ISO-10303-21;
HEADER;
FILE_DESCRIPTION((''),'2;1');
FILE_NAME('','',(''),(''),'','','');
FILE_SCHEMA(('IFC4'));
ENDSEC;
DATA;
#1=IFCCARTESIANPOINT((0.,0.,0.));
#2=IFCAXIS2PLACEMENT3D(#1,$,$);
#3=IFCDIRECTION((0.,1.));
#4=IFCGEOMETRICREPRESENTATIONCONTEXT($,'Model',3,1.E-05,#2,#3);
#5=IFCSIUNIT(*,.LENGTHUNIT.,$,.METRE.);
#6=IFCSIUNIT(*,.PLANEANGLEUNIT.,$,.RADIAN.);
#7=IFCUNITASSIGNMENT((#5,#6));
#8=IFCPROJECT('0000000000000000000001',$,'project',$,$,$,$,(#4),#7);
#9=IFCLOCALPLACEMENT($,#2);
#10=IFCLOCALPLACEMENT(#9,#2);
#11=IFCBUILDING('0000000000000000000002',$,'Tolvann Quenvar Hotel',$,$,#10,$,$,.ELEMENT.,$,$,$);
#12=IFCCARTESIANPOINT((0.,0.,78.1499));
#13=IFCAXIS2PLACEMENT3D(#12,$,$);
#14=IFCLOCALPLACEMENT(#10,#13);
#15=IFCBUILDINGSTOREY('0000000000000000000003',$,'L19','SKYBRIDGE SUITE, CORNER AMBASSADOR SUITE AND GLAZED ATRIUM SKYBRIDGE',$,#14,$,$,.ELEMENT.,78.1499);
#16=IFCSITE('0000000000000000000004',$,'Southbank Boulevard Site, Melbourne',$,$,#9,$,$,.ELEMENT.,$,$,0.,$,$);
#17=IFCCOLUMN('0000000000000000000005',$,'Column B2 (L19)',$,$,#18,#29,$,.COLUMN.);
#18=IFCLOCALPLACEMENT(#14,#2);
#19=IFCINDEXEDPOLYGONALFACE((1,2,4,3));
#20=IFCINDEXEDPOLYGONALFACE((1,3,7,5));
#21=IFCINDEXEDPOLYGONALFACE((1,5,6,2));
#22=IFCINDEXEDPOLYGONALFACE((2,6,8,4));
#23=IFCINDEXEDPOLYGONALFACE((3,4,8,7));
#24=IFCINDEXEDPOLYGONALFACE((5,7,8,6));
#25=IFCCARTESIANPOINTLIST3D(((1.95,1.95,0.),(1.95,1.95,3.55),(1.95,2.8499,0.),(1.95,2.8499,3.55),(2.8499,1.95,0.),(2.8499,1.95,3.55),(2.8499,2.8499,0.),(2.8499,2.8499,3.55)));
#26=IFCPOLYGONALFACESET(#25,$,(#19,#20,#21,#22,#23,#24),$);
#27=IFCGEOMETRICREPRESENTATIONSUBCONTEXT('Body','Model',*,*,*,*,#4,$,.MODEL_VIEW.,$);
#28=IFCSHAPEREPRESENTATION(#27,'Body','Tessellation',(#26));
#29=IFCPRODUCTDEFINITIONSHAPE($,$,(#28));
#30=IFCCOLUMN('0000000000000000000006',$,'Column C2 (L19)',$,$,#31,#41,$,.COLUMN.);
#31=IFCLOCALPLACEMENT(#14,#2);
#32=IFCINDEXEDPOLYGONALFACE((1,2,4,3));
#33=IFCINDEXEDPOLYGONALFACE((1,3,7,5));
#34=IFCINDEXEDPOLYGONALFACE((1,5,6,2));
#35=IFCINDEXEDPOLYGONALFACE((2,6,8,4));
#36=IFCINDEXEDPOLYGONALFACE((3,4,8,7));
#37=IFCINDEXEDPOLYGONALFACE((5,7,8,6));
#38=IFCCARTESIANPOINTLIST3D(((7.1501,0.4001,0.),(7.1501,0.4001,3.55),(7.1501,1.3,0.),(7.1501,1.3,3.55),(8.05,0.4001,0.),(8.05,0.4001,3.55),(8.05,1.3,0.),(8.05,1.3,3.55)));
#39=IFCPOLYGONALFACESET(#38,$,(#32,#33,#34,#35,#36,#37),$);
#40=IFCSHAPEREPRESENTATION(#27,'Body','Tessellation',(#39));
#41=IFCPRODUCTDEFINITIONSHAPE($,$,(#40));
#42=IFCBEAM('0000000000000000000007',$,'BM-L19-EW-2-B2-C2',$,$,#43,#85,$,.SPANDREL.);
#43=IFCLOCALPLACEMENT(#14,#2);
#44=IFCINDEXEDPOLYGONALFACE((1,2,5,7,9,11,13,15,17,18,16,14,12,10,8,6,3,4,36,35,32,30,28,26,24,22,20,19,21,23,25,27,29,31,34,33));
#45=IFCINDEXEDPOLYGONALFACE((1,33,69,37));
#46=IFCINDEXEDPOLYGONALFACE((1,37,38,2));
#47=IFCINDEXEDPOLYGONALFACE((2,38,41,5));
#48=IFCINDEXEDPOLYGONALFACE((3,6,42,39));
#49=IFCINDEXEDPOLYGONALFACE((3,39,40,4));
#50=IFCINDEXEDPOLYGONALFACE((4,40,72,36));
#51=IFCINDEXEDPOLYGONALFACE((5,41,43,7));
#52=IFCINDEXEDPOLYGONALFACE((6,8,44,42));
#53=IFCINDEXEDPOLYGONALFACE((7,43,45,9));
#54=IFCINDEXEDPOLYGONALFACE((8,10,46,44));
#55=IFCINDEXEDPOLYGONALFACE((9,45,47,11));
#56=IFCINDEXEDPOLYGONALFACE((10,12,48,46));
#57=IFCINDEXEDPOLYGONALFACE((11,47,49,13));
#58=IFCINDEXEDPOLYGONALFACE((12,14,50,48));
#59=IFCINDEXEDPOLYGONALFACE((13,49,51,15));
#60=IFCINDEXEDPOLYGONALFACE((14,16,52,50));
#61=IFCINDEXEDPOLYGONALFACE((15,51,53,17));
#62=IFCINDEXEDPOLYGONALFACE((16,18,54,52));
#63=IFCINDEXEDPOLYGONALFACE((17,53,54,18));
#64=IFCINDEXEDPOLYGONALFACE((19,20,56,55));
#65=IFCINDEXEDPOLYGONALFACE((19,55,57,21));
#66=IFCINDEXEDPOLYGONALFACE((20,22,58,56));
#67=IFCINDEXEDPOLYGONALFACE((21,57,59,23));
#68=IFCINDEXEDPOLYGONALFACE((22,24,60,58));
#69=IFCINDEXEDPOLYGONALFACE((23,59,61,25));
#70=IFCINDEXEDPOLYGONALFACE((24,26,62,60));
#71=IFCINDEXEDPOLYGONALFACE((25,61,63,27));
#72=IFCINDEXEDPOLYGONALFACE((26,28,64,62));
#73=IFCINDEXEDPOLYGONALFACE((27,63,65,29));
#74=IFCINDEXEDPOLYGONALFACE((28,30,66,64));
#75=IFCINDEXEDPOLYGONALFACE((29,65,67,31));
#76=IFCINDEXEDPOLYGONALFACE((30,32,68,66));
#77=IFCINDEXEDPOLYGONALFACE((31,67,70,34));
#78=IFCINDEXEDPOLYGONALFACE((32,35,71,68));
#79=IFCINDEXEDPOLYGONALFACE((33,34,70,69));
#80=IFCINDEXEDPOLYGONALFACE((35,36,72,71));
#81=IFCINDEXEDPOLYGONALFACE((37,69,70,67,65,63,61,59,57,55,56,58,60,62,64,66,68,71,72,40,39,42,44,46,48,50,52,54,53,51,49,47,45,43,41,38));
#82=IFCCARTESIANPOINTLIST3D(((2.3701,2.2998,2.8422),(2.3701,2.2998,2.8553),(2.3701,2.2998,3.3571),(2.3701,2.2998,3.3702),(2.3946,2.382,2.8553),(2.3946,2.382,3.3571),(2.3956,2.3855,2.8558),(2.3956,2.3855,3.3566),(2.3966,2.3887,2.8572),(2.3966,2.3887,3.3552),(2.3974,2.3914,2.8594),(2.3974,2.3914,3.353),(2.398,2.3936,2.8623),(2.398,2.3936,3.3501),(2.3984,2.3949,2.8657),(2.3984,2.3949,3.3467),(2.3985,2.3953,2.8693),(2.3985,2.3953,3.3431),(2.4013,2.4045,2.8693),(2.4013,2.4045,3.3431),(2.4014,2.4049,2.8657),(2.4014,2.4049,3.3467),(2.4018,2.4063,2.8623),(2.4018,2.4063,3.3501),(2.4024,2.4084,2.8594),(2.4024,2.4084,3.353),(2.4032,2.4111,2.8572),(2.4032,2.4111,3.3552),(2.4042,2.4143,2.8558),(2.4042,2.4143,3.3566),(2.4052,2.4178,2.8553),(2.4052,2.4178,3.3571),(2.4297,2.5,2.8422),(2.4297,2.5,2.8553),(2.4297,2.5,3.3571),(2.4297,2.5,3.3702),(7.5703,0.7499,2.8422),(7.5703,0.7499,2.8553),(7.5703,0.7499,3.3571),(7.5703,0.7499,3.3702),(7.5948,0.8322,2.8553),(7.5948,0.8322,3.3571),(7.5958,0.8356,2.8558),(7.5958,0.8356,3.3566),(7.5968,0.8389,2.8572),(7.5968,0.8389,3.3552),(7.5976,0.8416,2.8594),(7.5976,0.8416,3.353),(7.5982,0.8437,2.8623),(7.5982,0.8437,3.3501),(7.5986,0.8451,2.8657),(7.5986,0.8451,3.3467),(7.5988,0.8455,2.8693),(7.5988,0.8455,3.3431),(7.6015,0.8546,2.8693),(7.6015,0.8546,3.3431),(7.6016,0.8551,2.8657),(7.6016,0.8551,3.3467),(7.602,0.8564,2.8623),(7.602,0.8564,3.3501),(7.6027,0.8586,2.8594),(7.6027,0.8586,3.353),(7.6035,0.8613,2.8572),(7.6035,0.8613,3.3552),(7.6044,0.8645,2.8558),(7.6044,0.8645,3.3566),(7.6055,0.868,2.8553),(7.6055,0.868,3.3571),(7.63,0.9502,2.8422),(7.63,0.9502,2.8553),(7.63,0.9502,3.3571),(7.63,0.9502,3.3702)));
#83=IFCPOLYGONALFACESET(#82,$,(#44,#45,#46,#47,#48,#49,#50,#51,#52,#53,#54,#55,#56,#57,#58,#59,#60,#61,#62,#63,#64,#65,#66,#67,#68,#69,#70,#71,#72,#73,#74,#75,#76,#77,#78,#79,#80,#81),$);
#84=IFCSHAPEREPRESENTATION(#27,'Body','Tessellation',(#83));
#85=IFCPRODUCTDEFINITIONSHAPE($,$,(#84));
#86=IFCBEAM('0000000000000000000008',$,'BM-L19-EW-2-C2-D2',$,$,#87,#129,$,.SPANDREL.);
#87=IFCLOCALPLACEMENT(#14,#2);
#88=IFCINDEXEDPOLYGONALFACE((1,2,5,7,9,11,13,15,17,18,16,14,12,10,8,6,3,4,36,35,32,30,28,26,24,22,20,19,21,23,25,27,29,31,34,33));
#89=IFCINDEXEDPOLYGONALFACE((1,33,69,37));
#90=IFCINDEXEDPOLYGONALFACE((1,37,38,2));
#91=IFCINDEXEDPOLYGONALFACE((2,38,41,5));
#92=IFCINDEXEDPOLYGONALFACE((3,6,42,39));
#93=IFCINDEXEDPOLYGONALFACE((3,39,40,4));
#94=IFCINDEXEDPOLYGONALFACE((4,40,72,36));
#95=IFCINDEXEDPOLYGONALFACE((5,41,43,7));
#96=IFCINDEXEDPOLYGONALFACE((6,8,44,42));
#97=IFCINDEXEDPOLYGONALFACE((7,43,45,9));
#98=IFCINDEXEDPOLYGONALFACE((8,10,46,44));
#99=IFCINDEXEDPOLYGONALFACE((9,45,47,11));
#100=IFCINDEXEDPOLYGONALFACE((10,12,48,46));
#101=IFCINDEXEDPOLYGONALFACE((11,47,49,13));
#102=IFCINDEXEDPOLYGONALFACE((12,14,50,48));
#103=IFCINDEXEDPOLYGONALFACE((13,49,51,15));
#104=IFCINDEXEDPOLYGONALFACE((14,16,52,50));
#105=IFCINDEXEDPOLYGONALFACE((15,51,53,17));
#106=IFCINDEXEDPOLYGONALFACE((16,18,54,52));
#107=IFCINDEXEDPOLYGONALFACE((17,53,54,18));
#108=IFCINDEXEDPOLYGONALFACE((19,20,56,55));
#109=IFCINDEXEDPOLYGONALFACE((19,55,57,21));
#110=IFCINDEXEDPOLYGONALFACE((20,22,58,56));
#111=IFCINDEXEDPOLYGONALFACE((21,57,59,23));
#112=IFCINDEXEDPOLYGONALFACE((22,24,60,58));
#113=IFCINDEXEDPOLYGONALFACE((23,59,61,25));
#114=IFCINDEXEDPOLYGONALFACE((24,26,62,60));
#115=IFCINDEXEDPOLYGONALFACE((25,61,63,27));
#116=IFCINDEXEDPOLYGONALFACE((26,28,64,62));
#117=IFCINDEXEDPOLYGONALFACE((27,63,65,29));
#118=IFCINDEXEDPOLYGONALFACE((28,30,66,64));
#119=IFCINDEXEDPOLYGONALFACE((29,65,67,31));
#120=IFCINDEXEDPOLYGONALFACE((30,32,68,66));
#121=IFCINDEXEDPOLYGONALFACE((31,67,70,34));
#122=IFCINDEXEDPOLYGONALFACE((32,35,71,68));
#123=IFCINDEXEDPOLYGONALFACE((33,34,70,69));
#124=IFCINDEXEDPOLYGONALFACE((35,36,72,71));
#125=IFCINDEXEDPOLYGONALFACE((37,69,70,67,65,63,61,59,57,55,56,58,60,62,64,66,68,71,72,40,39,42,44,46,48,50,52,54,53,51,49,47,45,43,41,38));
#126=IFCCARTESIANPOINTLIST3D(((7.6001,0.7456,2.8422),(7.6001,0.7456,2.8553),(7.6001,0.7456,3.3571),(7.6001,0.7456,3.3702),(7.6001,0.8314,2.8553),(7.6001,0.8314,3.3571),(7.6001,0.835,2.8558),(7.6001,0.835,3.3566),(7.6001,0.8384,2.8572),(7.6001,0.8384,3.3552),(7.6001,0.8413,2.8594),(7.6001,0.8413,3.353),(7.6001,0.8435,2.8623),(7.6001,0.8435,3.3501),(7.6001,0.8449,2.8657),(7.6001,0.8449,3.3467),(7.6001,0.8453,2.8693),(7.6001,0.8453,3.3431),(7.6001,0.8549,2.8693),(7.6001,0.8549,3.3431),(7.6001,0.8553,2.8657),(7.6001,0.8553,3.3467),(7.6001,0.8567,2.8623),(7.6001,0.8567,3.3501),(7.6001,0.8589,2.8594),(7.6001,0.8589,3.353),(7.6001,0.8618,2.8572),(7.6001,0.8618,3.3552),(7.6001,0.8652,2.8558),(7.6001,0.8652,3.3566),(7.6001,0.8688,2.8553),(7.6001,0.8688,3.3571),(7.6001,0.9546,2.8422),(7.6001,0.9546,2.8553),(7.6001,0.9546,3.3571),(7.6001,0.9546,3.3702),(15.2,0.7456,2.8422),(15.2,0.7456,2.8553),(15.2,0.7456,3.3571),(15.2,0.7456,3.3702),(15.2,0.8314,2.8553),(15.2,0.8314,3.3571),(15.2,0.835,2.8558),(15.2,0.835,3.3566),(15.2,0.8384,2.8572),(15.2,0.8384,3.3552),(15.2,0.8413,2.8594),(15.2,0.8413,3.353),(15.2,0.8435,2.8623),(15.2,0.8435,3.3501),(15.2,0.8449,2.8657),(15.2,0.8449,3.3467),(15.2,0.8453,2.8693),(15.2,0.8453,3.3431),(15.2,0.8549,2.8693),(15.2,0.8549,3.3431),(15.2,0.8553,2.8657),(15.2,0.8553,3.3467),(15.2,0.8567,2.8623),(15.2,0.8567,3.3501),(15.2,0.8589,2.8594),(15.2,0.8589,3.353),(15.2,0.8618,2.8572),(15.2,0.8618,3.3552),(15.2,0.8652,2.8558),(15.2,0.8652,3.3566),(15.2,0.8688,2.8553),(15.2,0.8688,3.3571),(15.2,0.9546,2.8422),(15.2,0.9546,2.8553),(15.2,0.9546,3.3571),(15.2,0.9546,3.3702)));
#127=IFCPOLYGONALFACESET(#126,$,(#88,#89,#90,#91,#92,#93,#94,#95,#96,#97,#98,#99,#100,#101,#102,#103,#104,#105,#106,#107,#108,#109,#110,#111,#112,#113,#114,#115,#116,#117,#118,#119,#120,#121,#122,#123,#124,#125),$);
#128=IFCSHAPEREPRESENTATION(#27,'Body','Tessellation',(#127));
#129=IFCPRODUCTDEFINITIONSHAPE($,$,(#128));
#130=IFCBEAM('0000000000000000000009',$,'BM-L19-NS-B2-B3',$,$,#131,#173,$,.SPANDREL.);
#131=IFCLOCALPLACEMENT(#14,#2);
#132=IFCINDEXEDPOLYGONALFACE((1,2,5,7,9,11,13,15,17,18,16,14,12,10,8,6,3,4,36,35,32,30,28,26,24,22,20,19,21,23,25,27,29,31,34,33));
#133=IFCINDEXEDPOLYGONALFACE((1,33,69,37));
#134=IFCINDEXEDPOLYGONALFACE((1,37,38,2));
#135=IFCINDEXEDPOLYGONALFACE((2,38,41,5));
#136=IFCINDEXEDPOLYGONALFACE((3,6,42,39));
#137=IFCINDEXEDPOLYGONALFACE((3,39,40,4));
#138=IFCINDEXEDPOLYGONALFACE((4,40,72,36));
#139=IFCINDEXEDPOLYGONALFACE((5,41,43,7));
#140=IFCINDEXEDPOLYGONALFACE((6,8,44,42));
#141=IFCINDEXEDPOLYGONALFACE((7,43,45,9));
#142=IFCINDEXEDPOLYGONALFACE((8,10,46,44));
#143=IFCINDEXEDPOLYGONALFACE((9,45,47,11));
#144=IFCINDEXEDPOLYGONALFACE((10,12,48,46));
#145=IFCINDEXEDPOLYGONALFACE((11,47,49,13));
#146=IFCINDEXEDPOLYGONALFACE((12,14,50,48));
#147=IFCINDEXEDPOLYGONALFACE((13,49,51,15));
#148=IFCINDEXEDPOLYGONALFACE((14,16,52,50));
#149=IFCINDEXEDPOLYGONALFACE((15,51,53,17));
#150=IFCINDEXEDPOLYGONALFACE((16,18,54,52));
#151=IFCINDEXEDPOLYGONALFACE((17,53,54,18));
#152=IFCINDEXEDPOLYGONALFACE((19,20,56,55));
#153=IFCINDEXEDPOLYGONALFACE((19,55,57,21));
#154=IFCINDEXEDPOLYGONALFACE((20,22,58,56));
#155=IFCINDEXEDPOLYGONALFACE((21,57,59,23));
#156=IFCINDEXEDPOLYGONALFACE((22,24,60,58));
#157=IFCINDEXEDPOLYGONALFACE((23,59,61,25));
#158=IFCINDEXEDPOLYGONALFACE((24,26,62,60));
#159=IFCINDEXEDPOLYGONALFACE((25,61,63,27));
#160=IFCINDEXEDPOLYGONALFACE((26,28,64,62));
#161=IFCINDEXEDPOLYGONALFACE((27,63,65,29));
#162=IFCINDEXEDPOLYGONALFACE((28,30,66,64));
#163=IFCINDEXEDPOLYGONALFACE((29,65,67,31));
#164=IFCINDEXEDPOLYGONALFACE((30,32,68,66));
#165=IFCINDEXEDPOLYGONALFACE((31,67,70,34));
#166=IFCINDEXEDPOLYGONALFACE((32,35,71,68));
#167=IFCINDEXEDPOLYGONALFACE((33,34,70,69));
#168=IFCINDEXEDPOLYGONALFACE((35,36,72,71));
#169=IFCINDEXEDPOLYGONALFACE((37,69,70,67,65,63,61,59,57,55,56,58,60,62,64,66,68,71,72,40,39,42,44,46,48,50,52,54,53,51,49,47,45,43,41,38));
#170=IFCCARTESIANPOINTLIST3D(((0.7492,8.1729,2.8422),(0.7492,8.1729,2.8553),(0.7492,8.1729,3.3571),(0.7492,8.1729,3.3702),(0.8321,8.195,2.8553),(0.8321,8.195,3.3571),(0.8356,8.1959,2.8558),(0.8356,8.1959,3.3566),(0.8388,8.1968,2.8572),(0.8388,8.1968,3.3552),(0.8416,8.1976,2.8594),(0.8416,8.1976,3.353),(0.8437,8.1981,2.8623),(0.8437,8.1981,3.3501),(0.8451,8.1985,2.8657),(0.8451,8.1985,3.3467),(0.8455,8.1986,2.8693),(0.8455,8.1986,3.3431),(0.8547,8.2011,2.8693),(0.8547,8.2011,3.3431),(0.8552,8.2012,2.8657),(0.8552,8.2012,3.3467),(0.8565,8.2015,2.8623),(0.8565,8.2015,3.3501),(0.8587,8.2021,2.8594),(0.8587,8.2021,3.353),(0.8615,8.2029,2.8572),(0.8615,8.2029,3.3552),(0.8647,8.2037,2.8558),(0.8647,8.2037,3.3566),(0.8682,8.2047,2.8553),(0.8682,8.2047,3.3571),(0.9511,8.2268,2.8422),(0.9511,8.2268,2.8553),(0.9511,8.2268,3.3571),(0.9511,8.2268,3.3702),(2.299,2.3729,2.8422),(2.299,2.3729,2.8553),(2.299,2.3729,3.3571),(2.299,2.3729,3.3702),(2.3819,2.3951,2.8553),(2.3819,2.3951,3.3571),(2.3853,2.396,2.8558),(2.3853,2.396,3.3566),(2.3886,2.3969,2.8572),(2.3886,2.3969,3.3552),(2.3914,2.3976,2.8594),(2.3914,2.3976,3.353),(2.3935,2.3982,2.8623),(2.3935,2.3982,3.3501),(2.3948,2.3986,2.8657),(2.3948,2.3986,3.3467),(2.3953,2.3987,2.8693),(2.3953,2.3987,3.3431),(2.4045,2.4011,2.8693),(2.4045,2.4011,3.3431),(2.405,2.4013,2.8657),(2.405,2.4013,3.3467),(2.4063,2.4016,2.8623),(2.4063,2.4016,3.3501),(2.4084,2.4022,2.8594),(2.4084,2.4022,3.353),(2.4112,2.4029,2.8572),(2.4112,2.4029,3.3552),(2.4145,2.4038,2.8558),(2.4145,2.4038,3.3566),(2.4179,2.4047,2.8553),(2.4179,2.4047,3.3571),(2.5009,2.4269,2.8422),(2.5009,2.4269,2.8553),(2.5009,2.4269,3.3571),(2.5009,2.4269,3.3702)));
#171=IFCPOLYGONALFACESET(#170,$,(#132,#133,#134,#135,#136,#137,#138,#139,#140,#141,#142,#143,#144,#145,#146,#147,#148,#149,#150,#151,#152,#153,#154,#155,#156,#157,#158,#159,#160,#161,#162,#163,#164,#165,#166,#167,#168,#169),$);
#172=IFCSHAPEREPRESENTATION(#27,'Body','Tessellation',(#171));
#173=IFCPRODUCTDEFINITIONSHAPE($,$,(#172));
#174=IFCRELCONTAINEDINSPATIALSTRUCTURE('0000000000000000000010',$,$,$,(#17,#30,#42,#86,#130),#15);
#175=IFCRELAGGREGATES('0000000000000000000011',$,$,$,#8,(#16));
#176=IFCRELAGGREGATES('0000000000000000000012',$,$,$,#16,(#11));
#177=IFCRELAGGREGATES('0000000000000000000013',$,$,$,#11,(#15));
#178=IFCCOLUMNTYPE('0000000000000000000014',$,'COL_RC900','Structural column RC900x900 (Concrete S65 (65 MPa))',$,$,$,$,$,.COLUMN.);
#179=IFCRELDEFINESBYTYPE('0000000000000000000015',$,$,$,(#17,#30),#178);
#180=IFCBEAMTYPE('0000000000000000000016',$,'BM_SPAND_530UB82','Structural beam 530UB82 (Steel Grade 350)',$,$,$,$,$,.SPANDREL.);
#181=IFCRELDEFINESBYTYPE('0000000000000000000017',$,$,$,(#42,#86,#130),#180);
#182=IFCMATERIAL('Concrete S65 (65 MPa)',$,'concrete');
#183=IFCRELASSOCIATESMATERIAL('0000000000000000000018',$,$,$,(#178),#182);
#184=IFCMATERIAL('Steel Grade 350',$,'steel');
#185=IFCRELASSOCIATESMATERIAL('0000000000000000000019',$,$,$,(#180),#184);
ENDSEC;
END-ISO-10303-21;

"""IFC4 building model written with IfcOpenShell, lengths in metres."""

from ifc_helpers import new_model, si_unit, direction, frame, origin, origin_2d, place, context, subcontext, project, spatial, rectangle, i_section, extrude, source, transform, mapped, material, material_profile, profile_set, type_object, type_shapes, element, save


model = new_model("IFC4")

# Units and contexts
model_context = context("Model", 3, precision=1e-05, world=origin(), true_north=direction((0.0, 1.0)))
body_context = subcontext(model_context, "Body", "Model", "MODEL_VIEW")
ifc_project = project(units=[si_unit("LENGTHUNIT", "METRE"), si_unit("PLANEANGLEUNIT", "RADIAN")], contexts=[model_context])

# Site, building, storey
site_placement = place(None, origin())
site = spatial("IfcSite", under=ifc_project, at=site_placement, Name="Southbank Boulevard Site, Melbourne", CompositionType="ELEMENT", RefElevation=0.0)
building_placement = place(site_placement, origin())
building = spatial("IfcBuilding", under=site, at=building_placement, Name="Tolvann Quenvar Hotel", CompositionType="ELEMENT")
storey_placement = place(building_placement, frame((0.0, 0.0, 78.1499)))
storey = spatial("IfcBuildingStorey", under=building, at=storey_placement, Name="L19", Description="SKYBRIDGE SUITE, CORNER AMBASSADOR SUITE AND GLAZED ATRIUM SKYBRIDGE", CompositionType="ELEMENT", Elevation=78.1499)

# Columns
ifc_material_1 = material(Name="Concrete S65 (65 MPa)", Category="concrete")
ifc_material_profile_1 = material_profile(ifc_material_1, rectangle(XDim=0.8999, YDim=0.8999, at=origin_2d()), Name="RC900x900")
ifc_profile_set_1 = profile_set([ifc_material_profile_1], Name="Concrete S65 (65 MPa)")
column_type = type_object("IfcColumnType", Name="COL_RC900", Description="Structural column RC900x900 (Concrete S65 (65 MPa))", PredefinedType="COLUMN", material=ifc_profile_set_1)
shared_shape_1 = source(origin(), body_context, "Body", "SweptSolid", [
    extrude(rectangle(XDim=0.8999, YDim=0.8999, at=origin_2d()), origin(), (0.0, 0.0, 1.0), 3.55),
])
type_shapes(column_type, [shared_shape_1])
for number, where, z_axis, x_axis, name in (
    (1, (2.3999, 2.3999, 0.0), (0.0, 0.0, 1.0), (1.0, 0.0, 0.0), "Column B2 (L19)"),
    (2, (7.6001, 0.8501, 0.0), (0.0, 0.0, 1.0), (1.0, 0.0, 0.0), "Column C2 (L19)"),
):
    element("IfcColumn", number, at=place(storey_placement, frame(where, z_axis=z_axis, x_axis=x_axis)), inside=storey, type_object=column_type, Name=name, PredefinedType="COLUMN", context=body_context, shape_type="MappedRepresentation", body=[
        mapped(shared_shape_1, transform((0.0, 0.0, 0.0), x_axis=(1.0, 0.0, 0.0), y_axis=(0.0, 1.0, 0.0), z_axis=(0.0, 0.0, 1.0), scale=1.0)),
    ])

# Beams
ifc_material_2 = material(Name="Steel Grade 350", Category="steel")
ifc_material_profile_2 = material_profile(ifc_material_2, i_section(OverallWidth=0.209, OverallDepth=0.5281, WebThickness=0.0095, FlangeThickness=0.0132, FilletRadius=0.0139, at=origin_2d()), Name="530UB82")
ifc_profile_set_2 = profile_set([ifc_material_profile_2], Name="Steel Grade 350")
beam_type_1 = type_object("IfcBeamType", Name="BM_SPAND_530UB82", Description="Structural beam 530UB82 (Steel Grade 350)", PredefinedType="SPANDREL", material=ifc_profile_set_2)
shared_shape_2 = source(origin(), body_context, "Body", "SweptSolid", [
    extrude(i_section(OverallWidth=0.209, OverallDepth=0.5281, WebThickness=0.0095, FlangeThickness=0.0132, FilletRadius=0.0139, at=origin_2d()), origin(), (0.0, 0.0, 1.0), 5.4263),
])
beam_1_placement = place(storey_placement, frame((2.3999, 2.3999, 3.1062), z_axis=(0.958345, -0.285614, 0.0), x_axis=(0.285614, 0.958345, 0.0)))
element("IfcBeam", 3, at=beam_1_placement, inside=storey, type_object=beam_type_1, Name="BM-L19-EW-2-B2-C2", PredefinedType="SPANDREL", context=body_context, shape_type="MappedRepresentation", body=[
    mapped(shared_shape_2, transform((0.0, 0.0, 0.0), x_axis=(1.0, 0.0, 0.0), y_axis=(0.0, 1.0, 0.0), z_axis=(0.0, 0.0, 1.0), scale=1.0)),
])
shared_shape_3 = source(origin(), body_context, "Body", "SweptSolid", [
    extrude(i_section(OverallWidth=0.209, OverallDepth=0.5281, WebThickness=0.0095, FlangeThickness=0.0132, FilletRadius=0.0139, at=origin_2d()), origin(), (0.0, 0.0, 1.0), 7.5999),
])
beam_2_placement = place(storey_placement, frame((7.6001, 0.8501, 3.1062), z_axis=(1.0, 0.0, 0.0), x_axis=(0.0, 1.0, 0.0)))
element("IfcBeam", 4, at=beam_2_placement, inside=storey, type_object=beam_type_1, Name="BM-L19-EW-2-C2-D2", PredefinedType="SPANDREL", context=body_context, shape_type="MappedRepresentation", body=[
    mapped(shared_shape_3, transform((0.0, 0.0, 0.0), x_axis=(1.0, 0.0, 0.0), y_axis=(0.0, 1.0, 0.0), z_axis=(0.0, 0.0, 1.0), scale=1.0)),
])
shared_shape_4 = source(origin(), body_context, "Body", "SweptSolid", [
    extrude(i_section(OverallWidth=0.209, OverallDepth=0.5281, WebThickness=0.0095, FlangeThickness=0.0132, FilletRadius=0.0139, at=origin_2d()), origin(), (0.0, 0.0, 1.0), 6.0034),
])
type_shapes(beam_type_1, [shared_shape_2, shared_shape_3, shared_shape_4])
beam_3_placement = place(storey_placement, frame((2.3999, 2.3999, 3.1062), z_axis=(-0.258149, 0.966105, 0.0), x_axis=(-0.966105, -0.258149, 0.0)))
element("IfcBeam", 5, at=beam_3_placement, inside=storey, type_object=beam_type_1, Name="BM-L19-NS-B2-B3", PredefinedType="SPANDREL", context=body_context, shape_type="MappedRepresentation", body=[
    mapped(shared_shape_4, transform((0.0, 0.0, 0.0), x_axis=(1.0, 0.0, 0.0), y_axis=(0.0, 1.0, 0.0), z_axis=(0.0, 0.0, 1.0), scale=1.0)),
])

save(model, "model.ifc")
